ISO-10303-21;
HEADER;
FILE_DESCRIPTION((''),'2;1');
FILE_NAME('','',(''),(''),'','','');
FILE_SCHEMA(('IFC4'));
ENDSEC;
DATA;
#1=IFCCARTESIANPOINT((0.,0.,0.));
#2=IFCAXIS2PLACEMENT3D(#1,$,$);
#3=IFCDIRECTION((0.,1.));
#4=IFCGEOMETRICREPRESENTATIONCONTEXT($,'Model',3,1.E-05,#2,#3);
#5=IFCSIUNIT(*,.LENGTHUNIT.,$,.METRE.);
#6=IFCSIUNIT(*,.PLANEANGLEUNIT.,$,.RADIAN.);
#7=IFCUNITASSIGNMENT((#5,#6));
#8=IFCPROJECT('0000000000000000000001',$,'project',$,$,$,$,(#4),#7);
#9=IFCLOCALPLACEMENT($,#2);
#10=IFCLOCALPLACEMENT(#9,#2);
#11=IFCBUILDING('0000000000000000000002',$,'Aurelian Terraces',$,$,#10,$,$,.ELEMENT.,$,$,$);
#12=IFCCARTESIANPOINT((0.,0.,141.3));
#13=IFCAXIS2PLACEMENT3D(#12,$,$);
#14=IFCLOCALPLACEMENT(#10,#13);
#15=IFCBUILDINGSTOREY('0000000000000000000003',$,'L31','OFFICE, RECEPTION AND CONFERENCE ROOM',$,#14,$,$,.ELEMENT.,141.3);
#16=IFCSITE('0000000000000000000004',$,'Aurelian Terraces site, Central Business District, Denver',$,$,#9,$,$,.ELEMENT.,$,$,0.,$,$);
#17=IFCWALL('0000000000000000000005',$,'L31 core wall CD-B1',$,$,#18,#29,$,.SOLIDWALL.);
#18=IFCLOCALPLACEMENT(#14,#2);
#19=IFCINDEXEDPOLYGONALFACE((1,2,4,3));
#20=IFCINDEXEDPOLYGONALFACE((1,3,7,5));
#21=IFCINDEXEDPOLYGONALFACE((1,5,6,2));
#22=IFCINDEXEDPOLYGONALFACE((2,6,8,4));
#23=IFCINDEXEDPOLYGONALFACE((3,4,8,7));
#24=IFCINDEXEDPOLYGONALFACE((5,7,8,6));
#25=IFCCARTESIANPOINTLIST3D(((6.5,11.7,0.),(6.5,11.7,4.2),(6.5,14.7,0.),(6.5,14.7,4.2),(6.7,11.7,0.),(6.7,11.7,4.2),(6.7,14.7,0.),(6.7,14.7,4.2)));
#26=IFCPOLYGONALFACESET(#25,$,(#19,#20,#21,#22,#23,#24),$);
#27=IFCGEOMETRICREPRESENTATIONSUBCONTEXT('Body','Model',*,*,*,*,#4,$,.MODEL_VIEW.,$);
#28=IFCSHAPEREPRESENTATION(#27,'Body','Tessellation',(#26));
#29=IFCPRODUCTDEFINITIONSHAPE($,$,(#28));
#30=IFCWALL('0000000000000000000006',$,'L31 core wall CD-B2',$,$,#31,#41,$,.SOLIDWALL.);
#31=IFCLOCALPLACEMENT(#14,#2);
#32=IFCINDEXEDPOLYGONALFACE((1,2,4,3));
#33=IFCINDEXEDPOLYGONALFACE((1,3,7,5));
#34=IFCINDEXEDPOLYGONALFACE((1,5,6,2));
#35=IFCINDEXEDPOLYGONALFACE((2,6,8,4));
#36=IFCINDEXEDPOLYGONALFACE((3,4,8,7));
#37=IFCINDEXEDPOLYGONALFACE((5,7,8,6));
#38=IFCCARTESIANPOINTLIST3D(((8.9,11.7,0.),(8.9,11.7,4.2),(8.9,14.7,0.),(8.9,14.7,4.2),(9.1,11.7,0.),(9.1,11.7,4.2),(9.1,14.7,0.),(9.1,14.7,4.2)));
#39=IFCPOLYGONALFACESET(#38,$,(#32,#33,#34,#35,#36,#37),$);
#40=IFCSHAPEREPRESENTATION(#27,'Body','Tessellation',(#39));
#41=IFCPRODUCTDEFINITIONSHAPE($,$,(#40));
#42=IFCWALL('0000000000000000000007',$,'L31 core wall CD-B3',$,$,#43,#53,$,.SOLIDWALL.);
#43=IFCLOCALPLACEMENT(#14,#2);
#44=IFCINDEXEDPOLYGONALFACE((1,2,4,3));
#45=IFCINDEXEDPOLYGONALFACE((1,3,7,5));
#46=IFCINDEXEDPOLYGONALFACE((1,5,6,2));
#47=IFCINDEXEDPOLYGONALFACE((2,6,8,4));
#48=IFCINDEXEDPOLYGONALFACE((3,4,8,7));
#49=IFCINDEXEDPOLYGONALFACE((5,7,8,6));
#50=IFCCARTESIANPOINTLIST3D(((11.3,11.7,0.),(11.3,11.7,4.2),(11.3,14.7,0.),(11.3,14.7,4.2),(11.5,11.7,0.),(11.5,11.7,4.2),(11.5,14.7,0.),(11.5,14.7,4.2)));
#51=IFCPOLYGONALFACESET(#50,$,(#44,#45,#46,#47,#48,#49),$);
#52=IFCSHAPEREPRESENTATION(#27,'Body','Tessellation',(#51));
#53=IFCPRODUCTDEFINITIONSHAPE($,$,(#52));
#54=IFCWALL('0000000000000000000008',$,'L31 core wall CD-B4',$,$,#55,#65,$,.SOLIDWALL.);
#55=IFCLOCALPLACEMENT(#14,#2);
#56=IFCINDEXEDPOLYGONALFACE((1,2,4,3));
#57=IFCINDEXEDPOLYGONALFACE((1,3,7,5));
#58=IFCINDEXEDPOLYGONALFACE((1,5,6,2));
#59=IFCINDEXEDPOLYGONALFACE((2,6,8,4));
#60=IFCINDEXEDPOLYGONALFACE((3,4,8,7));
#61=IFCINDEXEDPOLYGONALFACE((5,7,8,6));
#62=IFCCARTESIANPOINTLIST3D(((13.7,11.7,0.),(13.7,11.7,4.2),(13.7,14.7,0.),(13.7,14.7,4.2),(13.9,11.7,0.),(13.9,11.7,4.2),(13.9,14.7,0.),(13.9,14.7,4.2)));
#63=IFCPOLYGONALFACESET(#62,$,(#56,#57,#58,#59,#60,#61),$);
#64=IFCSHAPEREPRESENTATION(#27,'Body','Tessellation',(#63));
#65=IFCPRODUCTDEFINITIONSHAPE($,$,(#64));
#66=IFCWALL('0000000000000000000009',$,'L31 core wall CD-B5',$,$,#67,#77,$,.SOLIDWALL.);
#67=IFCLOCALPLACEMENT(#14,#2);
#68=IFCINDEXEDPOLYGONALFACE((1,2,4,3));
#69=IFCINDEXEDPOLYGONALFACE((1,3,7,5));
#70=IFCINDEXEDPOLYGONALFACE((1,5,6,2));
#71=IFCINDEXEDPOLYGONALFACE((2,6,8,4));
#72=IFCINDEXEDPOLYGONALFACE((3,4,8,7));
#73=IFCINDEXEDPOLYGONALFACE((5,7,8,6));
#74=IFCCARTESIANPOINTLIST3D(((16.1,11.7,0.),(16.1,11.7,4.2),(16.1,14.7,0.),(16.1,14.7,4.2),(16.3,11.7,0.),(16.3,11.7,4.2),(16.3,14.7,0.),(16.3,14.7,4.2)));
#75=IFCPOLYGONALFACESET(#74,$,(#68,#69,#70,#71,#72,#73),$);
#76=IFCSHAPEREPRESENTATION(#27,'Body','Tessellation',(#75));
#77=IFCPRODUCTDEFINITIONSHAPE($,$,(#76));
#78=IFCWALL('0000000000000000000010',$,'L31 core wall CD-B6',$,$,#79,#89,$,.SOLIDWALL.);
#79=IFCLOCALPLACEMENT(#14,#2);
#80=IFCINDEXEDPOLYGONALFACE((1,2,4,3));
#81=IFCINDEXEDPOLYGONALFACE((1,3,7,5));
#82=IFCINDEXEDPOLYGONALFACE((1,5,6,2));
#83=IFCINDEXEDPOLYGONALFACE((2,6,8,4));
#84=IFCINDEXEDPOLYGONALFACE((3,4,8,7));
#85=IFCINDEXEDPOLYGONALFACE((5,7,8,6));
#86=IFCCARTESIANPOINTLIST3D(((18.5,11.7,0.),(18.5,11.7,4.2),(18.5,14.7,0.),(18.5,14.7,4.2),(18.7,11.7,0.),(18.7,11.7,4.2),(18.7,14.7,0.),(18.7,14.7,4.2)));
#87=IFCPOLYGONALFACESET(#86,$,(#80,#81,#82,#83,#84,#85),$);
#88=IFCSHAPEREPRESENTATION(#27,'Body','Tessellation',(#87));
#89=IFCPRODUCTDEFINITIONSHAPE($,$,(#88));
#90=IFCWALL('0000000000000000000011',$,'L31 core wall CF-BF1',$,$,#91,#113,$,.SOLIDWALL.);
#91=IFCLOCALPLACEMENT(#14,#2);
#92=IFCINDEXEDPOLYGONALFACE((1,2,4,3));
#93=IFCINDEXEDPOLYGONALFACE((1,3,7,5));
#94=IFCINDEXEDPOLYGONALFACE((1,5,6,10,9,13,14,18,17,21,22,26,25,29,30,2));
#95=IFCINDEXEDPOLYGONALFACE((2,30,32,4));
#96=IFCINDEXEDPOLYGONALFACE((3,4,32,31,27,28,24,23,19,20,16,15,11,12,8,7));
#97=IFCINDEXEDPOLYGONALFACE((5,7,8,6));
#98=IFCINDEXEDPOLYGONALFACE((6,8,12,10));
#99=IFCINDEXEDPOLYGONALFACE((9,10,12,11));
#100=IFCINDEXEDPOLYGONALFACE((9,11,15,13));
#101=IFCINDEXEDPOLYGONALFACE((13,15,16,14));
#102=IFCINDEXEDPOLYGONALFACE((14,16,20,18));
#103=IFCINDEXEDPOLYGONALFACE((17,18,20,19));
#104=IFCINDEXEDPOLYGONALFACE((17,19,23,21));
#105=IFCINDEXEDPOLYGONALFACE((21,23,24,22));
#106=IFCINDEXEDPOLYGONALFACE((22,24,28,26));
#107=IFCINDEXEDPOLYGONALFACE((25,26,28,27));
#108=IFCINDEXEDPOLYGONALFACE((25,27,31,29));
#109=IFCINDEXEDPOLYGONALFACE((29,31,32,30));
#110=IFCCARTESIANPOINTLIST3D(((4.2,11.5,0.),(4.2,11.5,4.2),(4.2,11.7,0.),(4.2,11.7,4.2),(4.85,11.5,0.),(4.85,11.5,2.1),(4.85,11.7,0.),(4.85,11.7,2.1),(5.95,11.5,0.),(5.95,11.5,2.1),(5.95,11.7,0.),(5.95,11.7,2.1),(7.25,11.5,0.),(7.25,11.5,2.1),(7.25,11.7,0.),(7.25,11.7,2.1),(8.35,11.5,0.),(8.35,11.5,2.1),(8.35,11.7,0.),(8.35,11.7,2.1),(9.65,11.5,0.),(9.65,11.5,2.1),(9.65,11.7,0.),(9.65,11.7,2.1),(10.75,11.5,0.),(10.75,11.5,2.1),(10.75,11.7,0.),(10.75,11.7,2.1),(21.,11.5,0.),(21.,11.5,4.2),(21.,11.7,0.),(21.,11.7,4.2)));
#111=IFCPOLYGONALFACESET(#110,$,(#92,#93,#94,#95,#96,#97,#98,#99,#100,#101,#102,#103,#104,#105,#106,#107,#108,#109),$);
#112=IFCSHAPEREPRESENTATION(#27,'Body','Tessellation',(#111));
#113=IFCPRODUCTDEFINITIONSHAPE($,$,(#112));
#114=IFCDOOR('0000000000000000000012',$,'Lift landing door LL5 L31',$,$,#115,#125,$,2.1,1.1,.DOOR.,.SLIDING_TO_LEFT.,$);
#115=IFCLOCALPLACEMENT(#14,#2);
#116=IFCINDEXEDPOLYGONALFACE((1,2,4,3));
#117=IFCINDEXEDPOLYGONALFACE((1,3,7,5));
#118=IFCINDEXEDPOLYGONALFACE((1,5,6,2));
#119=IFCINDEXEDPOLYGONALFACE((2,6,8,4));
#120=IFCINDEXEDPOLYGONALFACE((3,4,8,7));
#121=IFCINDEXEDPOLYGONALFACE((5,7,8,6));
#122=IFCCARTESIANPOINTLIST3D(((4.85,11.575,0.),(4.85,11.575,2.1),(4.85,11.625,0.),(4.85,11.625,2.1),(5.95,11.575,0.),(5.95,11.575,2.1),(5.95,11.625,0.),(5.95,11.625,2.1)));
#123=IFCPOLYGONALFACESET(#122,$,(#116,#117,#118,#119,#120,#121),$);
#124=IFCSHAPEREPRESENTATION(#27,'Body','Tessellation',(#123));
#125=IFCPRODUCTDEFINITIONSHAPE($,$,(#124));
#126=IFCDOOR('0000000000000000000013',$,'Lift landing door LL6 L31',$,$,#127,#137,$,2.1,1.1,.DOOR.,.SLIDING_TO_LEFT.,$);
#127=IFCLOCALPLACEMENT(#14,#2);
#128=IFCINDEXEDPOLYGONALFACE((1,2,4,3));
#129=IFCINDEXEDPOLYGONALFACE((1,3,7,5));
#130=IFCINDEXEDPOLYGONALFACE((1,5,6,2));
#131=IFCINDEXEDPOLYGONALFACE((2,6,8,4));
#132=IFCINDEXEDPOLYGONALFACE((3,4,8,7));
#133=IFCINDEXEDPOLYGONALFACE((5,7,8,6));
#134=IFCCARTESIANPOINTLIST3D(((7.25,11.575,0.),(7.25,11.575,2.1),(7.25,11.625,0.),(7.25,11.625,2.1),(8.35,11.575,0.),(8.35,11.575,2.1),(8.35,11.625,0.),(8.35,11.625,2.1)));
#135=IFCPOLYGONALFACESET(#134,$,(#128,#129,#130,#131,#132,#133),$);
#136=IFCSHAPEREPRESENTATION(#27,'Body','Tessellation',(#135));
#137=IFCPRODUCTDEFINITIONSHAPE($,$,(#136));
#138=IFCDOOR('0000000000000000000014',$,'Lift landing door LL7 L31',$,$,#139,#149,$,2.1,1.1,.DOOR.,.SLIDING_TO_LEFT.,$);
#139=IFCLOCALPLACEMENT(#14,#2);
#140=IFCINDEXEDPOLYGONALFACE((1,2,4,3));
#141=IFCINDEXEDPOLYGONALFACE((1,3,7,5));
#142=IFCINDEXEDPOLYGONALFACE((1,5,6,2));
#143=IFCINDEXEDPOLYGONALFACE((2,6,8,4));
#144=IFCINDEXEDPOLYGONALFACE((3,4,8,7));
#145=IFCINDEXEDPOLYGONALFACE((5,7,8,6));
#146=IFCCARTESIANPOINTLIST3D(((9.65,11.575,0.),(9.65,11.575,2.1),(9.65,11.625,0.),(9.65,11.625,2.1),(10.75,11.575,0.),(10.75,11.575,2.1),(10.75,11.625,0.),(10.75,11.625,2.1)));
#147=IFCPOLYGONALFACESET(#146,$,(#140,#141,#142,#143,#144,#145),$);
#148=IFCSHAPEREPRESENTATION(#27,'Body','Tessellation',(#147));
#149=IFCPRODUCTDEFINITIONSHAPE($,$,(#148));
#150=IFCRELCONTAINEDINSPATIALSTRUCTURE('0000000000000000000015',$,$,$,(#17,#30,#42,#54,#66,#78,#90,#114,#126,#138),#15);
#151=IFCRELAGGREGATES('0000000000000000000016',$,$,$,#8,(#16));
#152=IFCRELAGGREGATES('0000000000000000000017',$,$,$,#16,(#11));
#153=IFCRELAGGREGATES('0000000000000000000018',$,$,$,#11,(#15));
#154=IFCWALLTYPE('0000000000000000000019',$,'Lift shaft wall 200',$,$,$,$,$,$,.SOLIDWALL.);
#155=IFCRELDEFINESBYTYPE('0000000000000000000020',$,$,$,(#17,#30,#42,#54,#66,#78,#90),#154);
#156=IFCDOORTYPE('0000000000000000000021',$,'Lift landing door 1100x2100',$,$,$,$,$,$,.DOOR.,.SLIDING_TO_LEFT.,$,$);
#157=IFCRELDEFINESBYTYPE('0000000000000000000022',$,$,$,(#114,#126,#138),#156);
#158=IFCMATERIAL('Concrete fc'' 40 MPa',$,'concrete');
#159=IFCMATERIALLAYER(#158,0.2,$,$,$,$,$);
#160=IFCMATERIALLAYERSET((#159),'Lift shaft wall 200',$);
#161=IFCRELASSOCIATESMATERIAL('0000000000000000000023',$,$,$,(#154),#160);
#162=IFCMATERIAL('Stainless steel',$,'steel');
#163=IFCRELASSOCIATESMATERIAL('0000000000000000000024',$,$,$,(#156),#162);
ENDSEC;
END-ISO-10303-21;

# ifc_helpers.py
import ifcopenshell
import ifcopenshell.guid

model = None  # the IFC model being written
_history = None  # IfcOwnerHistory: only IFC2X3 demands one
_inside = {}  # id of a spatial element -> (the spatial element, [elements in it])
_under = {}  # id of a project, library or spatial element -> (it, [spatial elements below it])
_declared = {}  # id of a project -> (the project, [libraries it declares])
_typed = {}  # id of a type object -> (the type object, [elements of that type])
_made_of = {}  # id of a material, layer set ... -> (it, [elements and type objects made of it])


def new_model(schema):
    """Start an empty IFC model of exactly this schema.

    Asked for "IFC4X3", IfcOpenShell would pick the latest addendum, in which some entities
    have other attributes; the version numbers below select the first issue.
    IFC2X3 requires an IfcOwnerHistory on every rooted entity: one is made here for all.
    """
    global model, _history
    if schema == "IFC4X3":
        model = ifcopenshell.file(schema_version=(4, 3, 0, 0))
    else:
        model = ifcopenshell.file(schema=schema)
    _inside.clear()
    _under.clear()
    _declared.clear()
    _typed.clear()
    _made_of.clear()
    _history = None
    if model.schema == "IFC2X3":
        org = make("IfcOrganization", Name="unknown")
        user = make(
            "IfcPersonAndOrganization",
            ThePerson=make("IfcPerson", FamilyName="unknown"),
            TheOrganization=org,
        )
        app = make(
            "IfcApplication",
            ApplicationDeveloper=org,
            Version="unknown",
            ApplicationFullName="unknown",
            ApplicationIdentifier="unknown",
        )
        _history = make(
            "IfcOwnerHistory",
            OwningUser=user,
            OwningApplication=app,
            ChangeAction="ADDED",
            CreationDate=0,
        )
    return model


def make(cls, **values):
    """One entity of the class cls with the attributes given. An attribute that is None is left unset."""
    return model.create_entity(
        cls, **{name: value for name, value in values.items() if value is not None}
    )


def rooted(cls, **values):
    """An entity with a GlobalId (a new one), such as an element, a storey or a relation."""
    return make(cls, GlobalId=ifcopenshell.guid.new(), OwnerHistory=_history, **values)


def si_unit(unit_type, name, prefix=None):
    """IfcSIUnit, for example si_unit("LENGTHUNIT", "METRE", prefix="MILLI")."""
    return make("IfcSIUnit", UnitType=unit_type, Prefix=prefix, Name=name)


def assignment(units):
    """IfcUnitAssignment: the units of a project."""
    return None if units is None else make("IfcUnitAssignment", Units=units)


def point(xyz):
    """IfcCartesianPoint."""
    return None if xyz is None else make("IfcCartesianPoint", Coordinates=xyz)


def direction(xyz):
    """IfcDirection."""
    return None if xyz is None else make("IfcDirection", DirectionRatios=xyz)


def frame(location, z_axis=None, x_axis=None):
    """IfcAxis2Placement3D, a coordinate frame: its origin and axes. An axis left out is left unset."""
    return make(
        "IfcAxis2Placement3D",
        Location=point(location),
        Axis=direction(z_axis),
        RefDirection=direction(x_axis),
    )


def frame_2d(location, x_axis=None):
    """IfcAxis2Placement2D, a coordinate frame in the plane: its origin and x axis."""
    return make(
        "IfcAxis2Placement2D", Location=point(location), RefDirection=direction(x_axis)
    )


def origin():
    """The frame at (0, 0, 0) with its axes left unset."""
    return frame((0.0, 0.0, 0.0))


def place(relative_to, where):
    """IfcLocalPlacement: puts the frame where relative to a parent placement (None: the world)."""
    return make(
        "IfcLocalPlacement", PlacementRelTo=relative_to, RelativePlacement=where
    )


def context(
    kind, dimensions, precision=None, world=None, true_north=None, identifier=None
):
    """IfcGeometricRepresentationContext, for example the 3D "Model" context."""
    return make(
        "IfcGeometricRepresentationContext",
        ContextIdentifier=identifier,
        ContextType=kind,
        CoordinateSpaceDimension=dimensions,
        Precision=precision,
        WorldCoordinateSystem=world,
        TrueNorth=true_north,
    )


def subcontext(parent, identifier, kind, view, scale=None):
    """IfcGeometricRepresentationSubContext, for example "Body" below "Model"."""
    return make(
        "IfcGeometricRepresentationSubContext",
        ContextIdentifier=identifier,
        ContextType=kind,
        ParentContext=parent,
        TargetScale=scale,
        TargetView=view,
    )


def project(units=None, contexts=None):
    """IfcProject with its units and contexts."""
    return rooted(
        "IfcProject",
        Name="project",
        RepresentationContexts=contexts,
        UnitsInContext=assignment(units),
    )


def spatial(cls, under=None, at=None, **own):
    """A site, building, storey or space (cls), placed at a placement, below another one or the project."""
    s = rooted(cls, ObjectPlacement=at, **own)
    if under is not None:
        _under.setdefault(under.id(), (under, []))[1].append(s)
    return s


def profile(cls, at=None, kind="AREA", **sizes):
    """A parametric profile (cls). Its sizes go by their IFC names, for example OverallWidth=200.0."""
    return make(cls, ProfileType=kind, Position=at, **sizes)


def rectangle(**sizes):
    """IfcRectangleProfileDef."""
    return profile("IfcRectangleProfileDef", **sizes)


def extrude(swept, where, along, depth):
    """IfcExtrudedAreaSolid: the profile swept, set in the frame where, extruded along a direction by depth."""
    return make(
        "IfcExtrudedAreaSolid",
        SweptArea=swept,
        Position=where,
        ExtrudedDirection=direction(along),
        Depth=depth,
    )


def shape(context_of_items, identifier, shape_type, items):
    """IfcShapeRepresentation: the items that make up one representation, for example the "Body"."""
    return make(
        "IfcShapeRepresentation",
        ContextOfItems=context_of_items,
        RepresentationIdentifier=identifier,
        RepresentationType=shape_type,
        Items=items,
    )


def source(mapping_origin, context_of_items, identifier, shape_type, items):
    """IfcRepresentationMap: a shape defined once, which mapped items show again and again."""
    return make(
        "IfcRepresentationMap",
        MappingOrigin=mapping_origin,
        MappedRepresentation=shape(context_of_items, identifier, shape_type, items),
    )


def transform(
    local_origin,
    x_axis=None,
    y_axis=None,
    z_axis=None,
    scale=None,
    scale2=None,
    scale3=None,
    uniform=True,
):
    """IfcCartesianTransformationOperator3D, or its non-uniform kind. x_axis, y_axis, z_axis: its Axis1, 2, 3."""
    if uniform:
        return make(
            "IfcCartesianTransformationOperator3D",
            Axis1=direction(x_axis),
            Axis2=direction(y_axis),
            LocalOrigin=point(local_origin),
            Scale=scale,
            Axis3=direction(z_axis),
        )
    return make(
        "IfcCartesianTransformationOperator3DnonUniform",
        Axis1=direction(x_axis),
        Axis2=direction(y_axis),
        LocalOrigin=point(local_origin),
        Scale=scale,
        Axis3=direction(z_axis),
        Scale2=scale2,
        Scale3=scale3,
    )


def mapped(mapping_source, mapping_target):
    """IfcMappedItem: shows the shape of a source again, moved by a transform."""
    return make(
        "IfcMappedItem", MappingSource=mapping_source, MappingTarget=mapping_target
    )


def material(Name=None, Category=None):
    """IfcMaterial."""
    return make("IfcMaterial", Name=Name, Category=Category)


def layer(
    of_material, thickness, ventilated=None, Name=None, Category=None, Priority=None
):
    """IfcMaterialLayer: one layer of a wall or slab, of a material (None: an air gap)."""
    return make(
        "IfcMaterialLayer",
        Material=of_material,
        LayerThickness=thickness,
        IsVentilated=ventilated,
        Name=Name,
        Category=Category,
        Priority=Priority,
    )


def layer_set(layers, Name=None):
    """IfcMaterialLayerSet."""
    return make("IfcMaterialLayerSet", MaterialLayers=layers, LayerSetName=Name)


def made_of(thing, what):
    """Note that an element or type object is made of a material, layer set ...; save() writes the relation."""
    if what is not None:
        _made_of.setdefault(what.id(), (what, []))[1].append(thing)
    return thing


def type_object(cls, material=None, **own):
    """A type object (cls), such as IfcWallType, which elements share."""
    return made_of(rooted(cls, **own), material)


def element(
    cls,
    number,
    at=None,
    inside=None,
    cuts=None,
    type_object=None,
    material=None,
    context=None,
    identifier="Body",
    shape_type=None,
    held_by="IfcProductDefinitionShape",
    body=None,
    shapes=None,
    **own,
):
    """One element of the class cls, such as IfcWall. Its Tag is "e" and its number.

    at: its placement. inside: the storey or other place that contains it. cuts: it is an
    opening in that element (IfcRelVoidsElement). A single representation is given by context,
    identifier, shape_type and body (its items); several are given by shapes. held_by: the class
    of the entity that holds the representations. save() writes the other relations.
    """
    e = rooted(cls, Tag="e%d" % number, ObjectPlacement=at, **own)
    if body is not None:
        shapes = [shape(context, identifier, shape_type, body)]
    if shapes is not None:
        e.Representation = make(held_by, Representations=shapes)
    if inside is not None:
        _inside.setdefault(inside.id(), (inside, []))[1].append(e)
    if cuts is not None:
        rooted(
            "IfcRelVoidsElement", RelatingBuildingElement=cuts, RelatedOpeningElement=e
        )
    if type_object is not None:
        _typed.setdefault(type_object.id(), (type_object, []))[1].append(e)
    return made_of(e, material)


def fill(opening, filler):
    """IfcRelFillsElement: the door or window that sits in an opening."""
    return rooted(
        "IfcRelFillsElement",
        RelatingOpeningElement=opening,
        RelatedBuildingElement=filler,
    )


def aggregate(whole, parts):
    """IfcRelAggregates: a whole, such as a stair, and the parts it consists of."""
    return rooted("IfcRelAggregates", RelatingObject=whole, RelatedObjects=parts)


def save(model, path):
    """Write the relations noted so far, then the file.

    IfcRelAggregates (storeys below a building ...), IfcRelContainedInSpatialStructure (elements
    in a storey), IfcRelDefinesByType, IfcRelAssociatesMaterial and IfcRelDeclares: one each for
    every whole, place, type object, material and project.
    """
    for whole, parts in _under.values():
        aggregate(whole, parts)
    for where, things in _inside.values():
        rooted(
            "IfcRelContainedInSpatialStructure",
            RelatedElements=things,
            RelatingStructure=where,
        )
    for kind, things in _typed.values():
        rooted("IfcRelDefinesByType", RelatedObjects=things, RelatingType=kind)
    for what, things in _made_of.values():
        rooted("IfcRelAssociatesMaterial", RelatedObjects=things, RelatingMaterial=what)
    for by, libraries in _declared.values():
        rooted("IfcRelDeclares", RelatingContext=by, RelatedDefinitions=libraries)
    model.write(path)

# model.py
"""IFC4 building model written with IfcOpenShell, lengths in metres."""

from ifc_helpers import new_model, si_unit, direction, frame, frame_2d, origin, place, context, subcontext, project, spatial, rectangle, extrude, source, transform, mapped, material, layer, layer_set, type_object, element, fill, save


model = new_model("IFC4")

# Units and contexts
model_context = context("Model", 3, precision=1e-05, world=origin(), true_north=direction((0.0, 1.0)))
body_context = subcontext(model_context, "Body", "Model", "MODEL_VIEW")
ifc_project = project(units=[si_unit("LENGTHUNIT", "METRE"), si_unit("PLANEANGLEUNIT", "RADIAN")], contexts=[model_context])

# Site, building, storey
site_placement = place(None, origin())
site = spatial("IfcSite", under=ifc_project, at=site_placement, Name="Aurelian Terraces site, Central Business District, Denver", CompositionType="ELEMENT", RefElevation=0.0)
building_placement = place(site_placement, origin())
building = spatial("IfcBuilding", under=site, at=building_placement, Name="Aurelian Terraces", CompositionType="ELEMENT")
storey_placement = place(building_placement, frame((0.0, 0.0, 141.3)))
storey = spatial("IfcBuildingStorey", under=building, at=storey_placement, Name="L31", Description="OFFICE, RECEPTION AND CONFERENCE ROOM", CompositionType="ELEMENT", Elevation=141.3)

# Walls
ifc_material_1 = material(Name="Concrete fc' 40 MPa", Category="concrete")
ifc_layer_1 = layer(ifc_material_1, 0.2)
ifc_layer_set_1 = layer_set([ifc_layer_1], Name="Lift shaft wall 200")
wall_type_1 = type_object("IfcWallType", Name="Lift shaft wall 200", PredefinedType="SOLIDWALL", material=ifc_layer_set_1)
shared_shape_1 = source(origin(), body_context, "Body", "SweptSolid", [
    extrude(rectangle(XDim=3.0, YDim=0.2, at=frame_2d((1.5, 0.0))), origin(), (0.0, 0.0, 1.0), 4.2),
])
for number, where, z_axis, x_axis, name in (
    (1, (6.6, 11.7, 0.0), (0.0, 0.0, 1.0), (0.0, 1.0, 0.0), "L31 core wall CD-B1"),
    (2, (9.0, 11.7, 0.0), (0.0, 0.0, 1.0), (0.0, 1.0, 0.0), "L31 core wall CD-B2"),
    (3, (11.4, 11.7, 0.0), (0.0, 0.0, 1.0), (0.0, 1.0, 0.0), "L31 core wall CD-B3"),
    (4, (13.8, 11.7, 0.0), (0.0, 0.0, 1.0), (0.0, 1.0, 0.0), "L31 core wall CD-B4"),
    (5, (16.2, 11.7, 0.0), (0.0, 0.0, 1.0), (0.0, 1.0, 0.0), "L31 core wall CD-B5"),
    (6, (18.6, 11.7, 0.0), (0.0, 0.0, 1.0), (0.0, 1.0, 0.0), "L31 core wall CD-B6"),
):
    element("IfcWall", number, at=place(storey_placement, frame(where, z_axis=z_axis, x_axis=x_axis)), inside=storey, type_object=wall_type_1, Name=name, PredefinedType="SOLIDWALL", context=body_context, shape_type="MappedRepresentation", body=[
        mapped(shared_shape_1, transform((0.0, 0.0, 0.0), scale=1.0)),
    ])

# Wall, openings, doors
shared_shape_2 = source(origin(), body_context, "Body", "SweptSolid", [
    extrude(rectangle(XDim=16.8, YDim=0.2, at=frame_2d((8.4, 0.0))), origin(), (0.0, 0.0, 1.0), 4.2),
])
wall_1_placement = place(storey_placement, frame((4.2, 11.6, 0.0), z_axis=(0.0, 0.0, 1.0), x_axis=(1.0, 0.0, 0.0)))
wall_1 = element("IfcWall", 7, at=wall_1_placement, inside=storey, type_object=wall_type_1, Name="L31 core wall CF-BF1", PredefinedType="SOLIDWALL", context=body_context, shape_type="MappedRepresentation", body=[
    mapped(shared_shape_2, transform((0.0, 0.0, 0.0), scale=1.0)),
])
shared_shape_3 = source(origin(), body_context, "Body", "SweptSolid", [
    extrude(rectangle(XDim=1.1, YDim=2.1, at=frame_2d((0.55, 1.05))), frame((0.0, 0.11, 0.0), z_axis=(0.0, -1.0, 0.0), x_axis=(1.0, 0.0, 0.0)), (0.0, 0.0, 1.0), 0.22),
])
opening_1_placement = place(wall_1_placement, frame((0.65, 0.0, 0.0)))
opening_1 = element("IfcOpeningElement", 8, at=opening_1_placement, cuts=wall_1, PredefinedType="OPENING", context=body_context, shape_type="MappedRepresentation", body=[
    mapped(shared_shape_3, transform((0.0, 0.0, 0.0), scale=1.0)),
])
opening_2_placement = place(wall_1_placement, frame((3.05, 0.0, 0.0)))
opening_2 = element("IfcOpeningElement", 9, at=opening_2_placement, cuts=wall_1, PredefinedType="OPENING", context=body_context, shape_type="MappedRepresentation", body=[
    mapped(shared_shape_3, transform((0.0, 0.0, 0.0), scale=1.0)),
])
opening_3_placement = place(wall_1_placement, frame((5.45, 0.0, 0.0)))
opening_3 = element("IfcOpeningElement", 10, at=opening_3_placement, cuts=wall_1, PredefinedType="OPENING", context=body_context, shape_type="MappedRepresentation", body=[
    mapped(shared_shape_3, transform((0.0, 0.0, 0.0), scale=1.0)),
])
ifc_material_2 = material(Name="Stainless steel", Category="steel")
door_type_1 = type_object("IfcDoorType", Name="Lift landing door 1100x2100", OperationType="SLIDING_TO_LEFT", PredefinedType="DOOR", material=ifc_material_2)
shared_shape_4 = source(origin(), body_context, "Body", "SweptSolid", [
    extrude(rectangle(XDim=1.1, YDim=2.1, at=frame_2d((0.55, 1.05))), frame((0.0, 0.025, 0.0), z_axis=(0.0, -1.0, 0.0), x_axis=(1.0, 0.0, 0.0)), (0.0, 0.0, 1.0), 0.05),
])
door_1_placement = place(opening_1_placement, origin())
door_1 = element("IfcDoor", 11, at=door_1_placement, inside=storey, type_object=door_type_1, Name="Lift landing door LL5 L31", OperationType="SLIDING_TO_LEFT", OverallHeight=2.1, OverallWidth=1.1, PredefinedType="DOOR", context=body_context, shape_type="MappedRepresentation", body=[
    mapped(shared_shape_4, transform((0.0, 0.0, 0.0), scale=1.0)),
])
fill(opening_1, door_1)
door_2_placement = place(opening_2_placement, origin())
door_2 = element("IfcDoor", 12, at=door_2_placement, inside=storey, type_object=door_type_1, Name="Lift landing door LL6 L31", OperationType="SLIDING_TO_LEFT", OverallHeight=2.1, OverallWidth=1.1, PredefinedType="DOOR", context=body_context, shape_type="MappedRepresentation", body=[
    mapped(shared_shape_4, transform((0.0, 0.0, 0.0), scale=1.0)),
])
fill(opening_2, door_2)
door_3_placement = place(opening_3_placement, origin())
door_3 = element("IfcDoor", 13, at=door_3_placement, inside=storey, type_object=door_type_1, Name="Lift landing door LL7 L31", OperationType="SLIDING_TO_LEFT", OverallHeight=2.1, OverallWidth=1.1, PredefinedType="DOOR", context=body_context, shape_type="MappedRepresentation", body=[
    mapped(shared_shape_4, transform((0.0, 0.0, 0.0), scale=1.0)),
])
fill(opening_3, door_3)

save(model, "model.ifc")
